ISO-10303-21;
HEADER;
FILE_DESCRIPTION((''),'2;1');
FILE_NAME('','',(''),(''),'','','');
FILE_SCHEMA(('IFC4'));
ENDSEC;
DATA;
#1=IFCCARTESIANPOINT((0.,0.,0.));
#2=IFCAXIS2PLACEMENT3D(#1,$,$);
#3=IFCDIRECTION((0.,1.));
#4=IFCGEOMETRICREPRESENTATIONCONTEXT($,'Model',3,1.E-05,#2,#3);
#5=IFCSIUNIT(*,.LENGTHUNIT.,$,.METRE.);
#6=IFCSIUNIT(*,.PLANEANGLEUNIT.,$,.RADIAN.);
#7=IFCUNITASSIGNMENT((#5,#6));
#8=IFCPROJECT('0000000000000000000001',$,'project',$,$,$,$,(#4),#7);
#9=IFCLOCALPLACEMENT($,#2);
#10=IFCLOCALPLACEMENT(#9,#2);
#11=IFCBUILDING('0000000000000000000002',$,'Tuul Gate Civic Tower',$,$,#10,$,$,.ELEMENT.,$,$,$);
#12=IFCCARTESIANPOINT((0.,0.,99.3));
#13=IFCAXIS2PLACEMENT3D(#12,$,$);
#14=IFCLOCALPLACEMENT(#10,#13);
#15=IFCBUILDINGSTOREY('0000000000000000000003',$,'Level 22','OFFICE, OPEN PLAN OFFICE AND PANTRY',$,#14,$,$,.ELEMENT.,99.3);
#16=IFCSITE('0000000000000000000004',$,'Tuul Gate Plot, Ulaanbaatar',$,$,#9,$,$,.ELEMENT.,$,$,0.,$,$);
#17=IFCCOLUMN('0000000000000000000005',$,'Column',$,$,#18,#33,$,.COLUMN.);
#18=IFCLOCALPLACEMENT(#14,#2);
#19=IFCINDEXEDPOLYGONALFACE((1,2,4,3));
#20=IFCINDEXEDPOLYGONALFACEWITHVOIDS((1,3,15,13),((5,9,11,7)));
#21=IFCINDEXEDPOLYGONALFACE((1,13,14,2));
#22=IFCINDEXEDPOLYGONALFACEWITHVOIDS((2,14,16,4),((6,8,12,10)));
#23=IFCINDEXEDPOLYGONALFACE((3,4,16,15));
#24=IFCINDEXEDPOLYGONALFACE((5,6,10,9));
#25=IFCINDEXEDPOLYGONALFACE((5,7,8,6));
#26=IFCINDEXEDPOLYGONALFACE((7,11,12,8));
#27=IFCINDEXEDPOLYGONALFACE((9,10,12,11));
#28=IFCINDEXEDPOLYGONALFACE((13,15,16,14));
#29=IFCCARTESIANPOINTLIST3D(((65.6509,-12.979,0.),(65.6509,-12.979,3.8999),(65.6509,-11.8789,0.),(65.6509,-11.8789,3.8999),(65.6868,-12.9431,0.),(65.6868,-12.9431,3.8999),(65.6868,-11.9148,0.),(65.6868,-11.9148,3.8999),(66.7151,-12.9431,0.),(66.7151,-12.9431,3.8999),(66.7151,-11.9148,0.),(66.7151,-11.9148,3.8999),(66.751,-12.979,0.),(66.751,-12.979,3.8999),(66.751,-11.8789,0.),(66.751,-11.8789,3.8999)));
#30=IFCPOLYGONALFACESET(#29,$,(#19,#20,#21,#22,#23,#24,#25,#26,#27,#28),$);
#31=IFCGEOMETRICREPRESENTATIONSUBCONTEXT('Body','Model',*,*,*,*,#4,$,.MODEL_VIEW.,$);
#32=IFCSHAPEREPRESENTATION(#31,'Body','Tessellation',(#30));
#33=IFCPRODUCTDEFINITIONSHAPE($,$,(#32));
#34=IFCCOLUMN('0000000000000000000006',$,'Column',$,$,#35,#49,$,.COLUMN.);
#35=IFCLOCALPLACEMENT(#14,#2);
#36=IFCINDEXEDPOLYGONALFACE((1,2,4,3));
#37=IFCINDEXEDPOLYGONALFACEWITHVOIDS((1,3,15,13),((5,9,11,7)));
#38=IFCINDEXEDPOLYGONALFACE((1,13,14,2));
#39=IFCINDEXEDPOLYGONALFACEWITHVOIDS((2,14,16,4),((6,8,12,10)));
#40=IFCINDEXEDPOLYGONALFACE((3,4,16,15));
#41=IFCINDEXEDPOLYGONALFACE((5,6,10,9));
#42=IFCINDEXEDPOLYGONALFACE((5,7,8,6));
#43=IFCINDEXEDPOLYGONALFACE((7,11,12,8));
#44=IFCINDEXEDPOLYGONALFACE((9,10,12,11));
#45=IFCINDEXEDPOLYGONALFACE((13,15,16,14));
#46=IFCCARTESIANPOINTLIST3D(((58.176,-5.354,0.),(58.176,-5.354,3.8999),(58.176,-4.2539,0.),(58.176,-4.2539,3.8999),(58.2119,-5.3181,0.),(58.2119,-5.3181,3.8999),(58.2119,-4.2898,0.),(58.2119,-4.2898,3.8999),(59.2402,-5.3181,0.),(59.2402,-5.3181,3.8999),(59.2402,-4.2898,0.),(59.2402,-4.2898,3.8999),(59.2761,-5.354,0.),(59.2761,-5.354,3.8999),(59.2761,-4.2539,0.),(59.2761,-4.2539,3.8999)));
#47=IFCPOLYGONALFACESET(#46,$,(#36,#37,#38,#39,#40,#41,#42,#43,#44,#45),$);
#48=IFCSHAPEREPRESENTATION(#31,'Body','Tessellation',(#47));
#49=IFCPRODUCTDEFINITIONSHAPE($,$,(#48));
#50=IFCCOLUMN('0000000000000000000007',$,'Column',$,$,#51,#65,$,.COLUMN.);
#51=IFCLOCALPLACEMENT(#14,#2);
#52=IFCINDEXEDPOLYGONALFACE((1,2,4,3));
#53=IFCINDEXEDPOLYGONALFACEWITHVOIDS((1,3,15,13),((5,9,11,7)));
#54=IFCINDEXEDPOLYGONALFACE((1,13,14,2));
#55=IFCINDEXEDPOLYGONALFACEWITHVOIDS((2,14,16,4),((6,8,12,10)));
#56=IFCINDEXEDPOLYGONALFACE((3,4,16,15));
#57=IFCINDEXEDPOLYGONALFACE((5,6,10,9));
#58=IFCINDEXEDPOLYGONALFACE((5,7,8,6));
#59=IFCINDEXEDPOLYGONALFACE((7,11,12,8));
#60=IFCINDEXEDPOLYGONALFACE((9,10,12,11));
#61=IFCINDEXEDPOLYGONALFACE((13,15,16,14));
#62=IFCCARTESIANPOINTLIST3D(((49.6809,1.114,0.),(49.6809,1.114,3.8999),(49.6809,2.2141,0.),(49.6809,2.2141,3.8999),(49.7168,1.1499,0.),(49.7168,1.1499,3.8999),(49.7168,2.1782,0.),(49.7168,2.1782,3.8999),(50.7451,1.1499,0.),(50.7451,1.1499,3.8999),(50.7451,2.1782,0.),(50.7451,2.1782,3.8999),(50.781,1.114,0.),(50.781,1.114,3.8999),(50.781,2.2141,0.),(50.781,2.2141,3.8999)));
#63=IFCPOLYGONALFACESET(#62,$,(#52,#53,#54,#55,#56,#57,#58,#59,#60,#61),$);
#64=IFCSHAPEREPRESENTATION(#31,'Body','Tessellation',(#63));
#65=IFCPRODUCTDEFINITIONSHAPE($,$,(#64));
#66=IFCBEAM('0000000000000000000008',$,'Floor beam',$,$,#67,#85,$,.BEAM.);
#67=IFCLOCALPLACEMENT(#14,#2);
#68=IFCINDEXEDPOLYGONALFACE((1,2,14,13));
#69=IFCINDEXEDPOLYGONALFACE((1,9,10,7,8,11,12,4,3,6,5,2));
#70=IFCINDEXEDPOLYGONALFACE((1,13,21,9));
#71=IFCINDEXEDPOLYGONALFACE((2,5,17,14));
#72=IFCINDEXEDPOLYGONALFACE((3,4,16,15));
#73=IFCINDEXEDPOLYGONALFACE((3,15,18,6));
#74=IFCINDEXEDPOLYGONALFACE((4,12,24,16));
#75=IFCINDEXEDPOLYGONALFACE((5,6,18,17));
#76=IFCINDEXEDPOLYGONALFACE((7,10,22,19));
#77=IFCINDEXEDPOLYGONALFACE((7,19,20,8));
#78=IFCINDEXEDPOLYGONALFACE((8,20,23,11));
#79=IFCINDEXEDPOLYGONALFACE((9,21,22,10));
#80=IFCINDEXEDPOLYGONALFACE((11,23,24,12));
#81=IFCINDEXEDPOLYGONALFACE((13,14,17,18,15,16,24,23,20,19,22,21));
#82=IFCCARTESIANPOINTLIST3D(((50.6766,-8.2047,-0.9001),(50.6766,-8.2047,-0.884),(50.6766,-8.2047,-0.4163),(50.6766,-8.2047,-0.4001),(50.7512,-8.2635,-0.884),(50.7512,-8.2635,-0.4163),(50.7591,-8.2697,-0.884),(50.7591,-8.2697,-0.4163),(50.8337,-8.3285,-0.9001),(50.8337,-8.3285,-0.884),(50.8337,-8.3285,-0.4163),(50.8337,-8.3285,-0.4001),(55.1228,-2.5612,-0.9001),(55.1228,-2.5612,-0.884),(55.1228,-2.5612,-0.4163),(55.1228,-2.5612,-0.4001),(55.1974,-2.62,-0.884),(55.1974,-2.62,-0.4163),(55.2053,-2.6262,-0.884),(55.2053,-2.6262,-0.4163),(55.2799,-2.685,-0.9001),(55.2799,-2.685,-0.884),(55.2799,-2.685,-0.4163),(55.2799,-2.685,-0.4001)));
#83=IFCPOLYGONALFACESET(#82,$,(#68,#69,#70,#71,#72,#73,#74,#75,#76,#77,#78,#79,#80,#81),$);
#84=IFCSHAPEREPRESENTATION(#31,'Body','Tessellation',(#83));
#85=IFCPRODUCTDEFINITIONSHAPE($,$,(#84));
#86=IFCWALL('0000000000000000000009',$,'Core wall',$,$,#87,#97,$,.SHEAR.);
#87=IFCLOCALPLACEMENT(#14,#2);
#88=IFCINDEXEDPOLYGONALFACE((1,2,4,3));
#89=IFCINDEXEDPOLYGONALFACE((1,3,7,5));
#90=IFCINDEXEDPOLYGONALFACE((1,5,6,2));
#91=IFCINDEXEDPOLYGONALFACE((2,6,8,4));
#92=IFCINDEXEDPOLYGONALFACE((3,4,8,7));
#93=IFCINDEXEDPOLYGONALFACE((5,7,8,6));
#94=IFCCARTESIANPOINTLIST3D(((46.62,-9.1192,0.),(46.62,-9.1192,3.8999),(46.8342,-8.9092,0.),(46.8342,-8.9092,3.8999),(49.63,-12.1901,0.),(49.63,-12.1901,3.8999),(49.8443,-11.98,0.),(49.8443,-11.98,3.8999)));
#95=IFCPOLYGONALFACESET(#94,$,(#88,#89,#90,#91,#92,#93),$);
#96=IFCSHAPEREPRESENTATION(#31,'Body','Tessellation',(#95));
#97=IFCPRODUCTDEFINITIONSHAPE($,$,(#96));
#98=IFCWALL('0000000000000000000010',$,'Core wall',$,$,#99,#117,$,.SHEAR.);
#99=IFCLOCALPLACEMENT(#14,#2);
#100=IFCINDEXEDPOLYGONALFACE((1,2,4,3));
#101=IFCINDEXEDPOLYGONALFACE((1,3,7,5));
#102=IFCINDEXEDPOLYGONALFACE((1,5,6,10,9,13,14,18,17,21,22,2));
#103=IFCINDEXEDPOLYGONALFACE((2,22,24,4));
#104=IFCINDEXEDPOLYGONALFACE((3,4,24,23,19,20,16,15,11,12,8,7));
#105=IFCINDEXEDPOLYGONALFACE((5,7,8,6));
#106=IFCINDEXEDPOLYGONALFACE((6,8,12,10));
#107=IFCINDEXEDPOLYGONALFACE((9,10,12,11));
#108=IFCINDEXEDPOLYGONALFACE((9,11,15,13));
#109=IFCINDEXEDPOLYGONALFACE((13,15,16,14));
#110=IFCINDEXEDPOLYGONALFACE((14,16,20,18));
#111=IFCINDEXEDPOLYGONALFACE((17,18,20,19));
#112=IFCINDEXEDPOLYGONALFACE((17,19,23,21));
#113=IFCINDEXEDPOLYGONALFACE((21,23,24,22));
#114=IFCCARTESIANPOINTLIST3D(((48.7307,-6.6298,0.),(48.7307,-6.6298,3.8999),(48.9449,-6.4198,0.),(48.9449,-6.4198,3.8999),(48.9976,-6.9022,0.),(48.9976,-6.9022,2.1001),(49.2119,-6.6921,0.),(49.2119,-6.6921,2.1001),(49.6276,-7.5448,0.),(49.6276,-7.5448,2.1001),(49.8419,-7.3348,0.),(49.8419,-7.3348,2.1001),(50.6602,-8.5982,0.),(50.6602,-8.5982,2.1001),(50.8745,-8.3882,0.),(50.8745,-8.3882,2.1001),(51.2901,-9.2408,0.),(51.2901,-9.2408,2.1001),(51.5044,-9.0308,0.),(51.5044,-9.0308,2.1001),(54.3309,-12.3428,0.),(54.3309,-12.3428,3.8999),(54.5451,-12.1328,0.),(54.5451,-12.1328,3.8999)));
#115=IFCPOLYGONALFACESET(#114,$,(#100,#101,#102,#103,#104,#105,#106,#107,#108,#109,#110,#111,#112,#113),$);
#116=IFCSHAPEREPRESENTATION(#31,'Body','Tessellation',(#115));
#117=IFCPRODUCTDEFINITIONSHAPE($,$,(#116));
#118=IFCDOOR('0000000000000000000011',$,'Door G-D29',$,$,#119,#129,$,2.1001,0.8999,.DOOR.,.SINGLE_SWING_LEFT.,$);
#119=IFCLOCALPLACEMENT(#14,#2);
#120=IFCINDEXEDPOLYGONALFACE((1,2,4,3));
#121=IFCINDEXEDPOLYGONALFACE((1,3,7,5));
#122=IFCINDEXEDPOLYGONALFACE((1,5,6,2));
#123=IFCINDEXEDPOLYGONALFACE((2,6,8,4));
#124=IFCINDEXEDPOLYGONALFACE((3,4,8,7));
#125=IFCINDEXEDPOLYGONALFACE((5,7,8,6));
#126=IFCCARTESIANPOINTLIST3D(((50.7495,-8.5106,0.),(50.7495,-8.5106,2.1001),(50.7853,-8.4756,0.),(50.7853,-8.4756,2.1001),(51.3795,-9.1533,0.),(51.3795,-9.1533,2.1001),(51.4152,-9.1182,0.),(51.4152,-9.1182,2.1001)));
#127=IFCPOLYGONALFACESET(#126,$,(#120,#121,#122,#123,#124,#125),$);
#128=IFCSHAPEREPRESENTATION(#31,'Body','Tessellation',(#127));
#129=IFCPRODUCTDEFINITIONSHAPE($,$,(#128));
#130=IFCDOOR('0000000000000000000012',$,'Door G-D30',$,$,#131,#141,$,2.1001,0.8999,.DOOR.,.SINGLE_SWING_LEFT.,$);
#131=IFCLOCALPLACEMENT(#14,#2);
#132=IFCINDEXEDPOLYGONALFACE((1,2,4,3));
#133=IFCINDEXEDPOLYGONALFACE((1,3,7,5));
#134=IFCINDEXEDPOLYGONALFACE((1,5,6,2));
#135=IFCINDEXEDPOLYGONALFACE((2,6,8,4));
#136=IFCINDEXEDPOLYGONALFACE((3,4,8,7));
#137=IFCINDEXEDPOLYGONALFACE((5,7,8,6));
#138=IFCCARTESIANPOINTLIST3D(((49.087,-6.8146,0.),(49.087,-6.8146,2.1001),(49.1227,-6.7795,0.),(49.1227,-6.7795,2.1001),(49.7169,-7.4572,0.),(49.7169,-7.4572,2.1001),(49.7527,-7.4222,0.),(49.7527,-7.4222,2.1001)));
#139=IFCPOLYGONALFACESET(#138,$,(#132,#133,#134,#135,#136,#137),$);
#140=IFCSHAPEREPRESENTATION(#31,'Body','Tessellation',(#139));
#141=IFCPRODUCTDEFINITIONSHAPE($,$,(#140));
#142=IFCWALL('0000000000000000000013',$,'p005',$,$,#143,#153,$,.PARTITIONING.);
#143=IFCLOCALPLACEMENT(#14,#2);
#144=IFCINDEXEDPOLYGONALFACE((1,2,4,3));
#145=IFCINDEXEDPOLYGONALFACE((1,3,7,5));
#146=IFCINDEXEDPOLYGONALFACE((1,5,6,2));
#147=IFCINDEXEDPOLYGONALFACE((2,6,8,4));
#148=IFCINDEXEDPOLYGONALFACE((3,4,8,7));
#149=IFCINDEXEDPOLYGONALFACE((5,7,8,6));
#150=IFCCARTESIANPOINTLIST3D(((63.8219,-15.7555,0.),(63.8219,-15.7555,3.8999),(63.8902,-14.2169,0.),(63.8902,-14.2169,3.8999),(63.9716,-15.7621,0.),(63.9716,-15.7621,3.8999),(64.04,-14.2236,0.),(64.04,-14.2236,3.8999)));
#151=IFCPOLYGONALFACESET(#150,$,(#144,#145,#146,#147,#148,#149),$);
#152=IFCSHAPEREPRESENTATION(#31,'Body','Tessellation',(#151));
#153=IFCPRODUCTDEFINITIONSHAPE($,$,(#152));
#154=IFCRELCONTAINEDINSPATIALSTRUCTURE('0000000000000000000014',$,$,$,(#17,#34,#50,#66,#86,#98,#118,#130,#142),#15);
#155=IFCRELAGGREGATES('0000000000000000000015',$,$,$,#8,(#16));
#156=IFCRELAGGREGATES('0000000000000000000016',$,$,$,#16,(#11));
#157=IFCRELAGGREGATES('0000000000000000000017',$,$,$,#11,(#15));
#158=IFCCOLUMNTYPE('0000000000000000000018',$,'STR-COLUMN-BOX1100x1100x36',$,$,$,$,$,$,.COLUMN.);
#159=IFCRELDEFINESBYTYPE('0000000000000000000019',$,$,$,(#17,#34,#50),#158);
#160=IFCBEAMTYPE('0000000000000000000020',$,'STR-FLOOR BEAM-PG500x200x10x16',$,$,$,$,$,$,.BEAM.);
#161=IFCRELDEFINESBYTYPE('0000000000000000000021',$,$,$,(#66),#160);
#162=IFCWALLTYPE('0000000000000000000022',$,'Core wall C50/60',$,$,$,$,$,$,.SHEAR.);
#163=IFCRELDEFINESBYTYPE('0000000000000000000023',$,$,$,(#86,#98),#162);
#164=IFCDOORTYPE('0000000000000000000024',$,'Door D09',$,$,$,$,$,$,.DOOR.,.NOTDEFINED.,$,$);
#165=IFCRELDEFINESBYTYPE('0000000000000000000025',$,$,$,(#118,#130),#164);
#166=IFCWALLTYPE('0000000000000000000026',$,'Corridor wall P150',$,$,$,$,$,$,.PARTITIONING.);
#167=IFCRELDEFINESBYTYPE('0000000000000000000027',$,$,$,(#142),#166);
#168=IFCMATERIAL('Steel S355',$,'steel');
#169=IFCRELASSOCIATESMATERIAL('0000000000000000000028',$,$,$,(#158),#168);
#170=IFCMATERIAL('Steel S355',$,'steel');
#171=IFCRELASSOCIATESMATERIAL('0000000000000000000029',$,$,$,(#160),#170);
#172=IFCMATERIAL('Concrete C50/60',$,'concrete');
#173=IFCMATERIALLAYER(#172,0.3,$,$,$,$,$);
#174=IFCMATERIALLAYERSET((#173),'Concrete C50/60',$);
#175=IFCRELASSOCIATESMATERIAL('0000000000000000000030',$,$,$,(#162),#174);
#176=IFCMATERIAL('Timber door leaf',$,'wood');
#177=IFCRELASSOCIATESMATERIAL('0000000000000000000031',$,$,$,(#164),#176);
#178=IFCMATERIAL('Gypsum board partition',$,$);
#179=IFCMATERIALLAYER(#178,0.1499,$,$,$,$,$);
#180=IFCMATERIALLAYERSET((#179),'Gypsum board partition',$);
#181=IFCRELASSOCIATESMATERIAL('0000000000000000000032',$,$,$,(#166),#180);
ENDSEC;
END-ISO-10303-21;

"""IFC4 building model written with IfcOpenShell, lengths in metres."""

from ifc_helpers import new_model, si_unit, direction, frame, frame_2d, origin, origin_2d, place, context, subcontext, project, spatial, rectangle, hollow_rectangle, i_section, extrude, material, layer, layer_set, material_profile, profile_set, type_object, element, fill, save


model = new_model("IFC4")

# Units and contexts
model_context = context("Model", 3, precision=1e-05, world=origin(), true_north=direction((0.0, 1.0)))
body_context = subcontext(model_context, "Body", "Model", "MODEL_VIEW")
ifc_project = project(units=[si_unit("LENGTHUNIT", "METRE"), si_unit("PLANEANGLEUNIT", "RADIAN")], contexts=[model_context])

# Site, building, storey
site_placement = place(None, origin())
site = spatial("IfcSite", under=ifc_project, at=site_placement, Name="Tuul Gate Plot, Ulaanbaatar", CompositionType="ELEMENT", RefElevation=0.0)
building_placement = place(site_placement, origin())
building = spatial("IfcBuilding", under=site, at=building_placement, Name="Tuul Gate Civic Tower", CompositionType="ELEMENT")
storey_placement = place(building_placement, frame((0.0, 0.0, 99.3)))
storey = spatial("IfcBuildingStorey", under=building, at=storey_placement, Name="Level 22", Description="OFFICE, OPEN PLAN OFFICE AND PANTRY", CompositionType="ELEMENT", Elevation=99.3)

# Columns
ifc_material_1 = material(Name="Steel S355", Category="steel")
ifc_material_profile_1 = material_profile(ifc_material_1, hollow_rectangle(XDim=1.1001, YDim=1.1001, WallThickness=0.0359, at=origin_2d()), Name="BOX1100x1100x36")
ifc_profile_set_1 = profile_set([ifc_material_profile_1], Name="Steel S355")
column_type = type_object("IfcColumnType", Name="STR-COLUMN-BOX1100x1100x36", PredefinedType="COLUMN", material=ifc_profile_set_1)
for number, where, z_axis, x_axis, name in (
    (1, (66.2009, -12.429, 0.0), (0.0, 0.0, 1.0), (1.0, 0.0, 0.0), "Column"),
    (2, (58.7261, -4.804, 0.0), (0.0, 0.0, 1.0), (1.0, 0.0, 0.0), "Column"),
    (3, (50.231, 1.6641, 0.0), (0.0, 0.0, 1.0), (1.0, 0.0, 0.0), "Column"),
):
    element("IfcColumn", number, at=place(storey_placement, frame(where, z_axis=z_axis, x_axis=x_axis)), inside=storey, type_object=column_type, Name=name, PredefinedType="COLUMN", context=body_context, shape_type="SweptSolid", body=[
        extrude(hollow_rectangle(XDim=1.1001, YDim=1.1001, WallThickness=0.0359, at=origin_2d()), origin(), (0.0, 0.0, 1.0), 3.8999),
    ])

# Beam
ifc_material_2 = material(Name="Steel S355", Category="steel")
ifc_material_profile_2 = material_profile(ifc_material_2, i_section(OverallWidth=0.2, OverallDepth=0.5, WebThickness=0.01, FlangeThickness=0.0161, at=origin_2d()), Name="PG500x200x10x16")
ifc_profile_set_2 = profile_set([ifc_material_profile_2], Name="Steel S355")
beam_type = type_object("IfcBeamType", Name="STR-FLOOR BEAM-PG500x200x10x16", PredefinedType="BEAM", material=ifc_profile_set_2)
beam_placement = place(storey_placement, frame((50.7551, -8.2666, -0.6501), z_axis=(0.61886, 0.785502, 0.0), x_axis=(-0.785502, 0.61886, 0.0)))
element("IfcBeam", 4, at=beam_placement, inside=storey, type_object=beam_type, Name="Floor beam", PredefinedType="BEAM", context=body_context, shape_type="SweptSolid", body=[
    extrude(i_section(OverallWidth=0.2, OverallDepth=0.5, WebThickness=0.01, FlangeThickness=0.0161, at=origin_2d()), origin(), (0.0, 0.0, 1.0), 7.1846),
])

# Wall
ifc_material_3 = material(Name="Concrete C50/60", Category="concrete")
ifc_layer_1 = layer(ifc_material_3, 0.3)
ifc_layer_set_1 = layer_set([ifc_layer_1], Name="Concrete C50/60")
wall_type_1 = type_object("IfcWallType", Name="Core wall C50/60", PredefinedType="SHEAR", material=ifc_layer_set_1)
wall_1_placement = place(storey_placement, frame((49.7371, -12.085, 0.0), z_axis=(0.0, 0.0, 1.0), x_axis=(-0.700003, 0.71414, 0.0)))
element("IfcWall", 5, at=wall_1_placement, inside=storey, type_object=wall_type_1, Name="Core wall", PredefinedType="SHEAR", context=body_context, shape_type="SweptSolid", body=[
    extrude(rectangle(XDim=4.3, YDim=0.3, at=frame_2d((2.1499, 0.0))), origin(), (0.0, 0.0, 1.0), 3.8999),
])

# Wall, openings, doors
wall_2_placement = place(storey_placement, frame((54.438, -12.2378, 0.0), z_axis=(0.0, 0.0, 1.0), x_axis=(-0.700022, 0.714121, 0.0)))
wall_2 = element("IfcWall", 6, at=wall_2_placement, inside=storey, type_object=wall_type_1, Name="Core wall", PredefinedType="SHEAR", context=body_context, shape_type="SweptSolid", body=[
    extrude(rectangle(XDim=8.0, YDim=0.3, at=frame_2d((4.0, 0.0))), origin(), (0.0, 0.0, 1.0), 3.8999),
])
opening_1_placement = place(wall_2_placement, frame((4.3438, 0.0, 0.0)))
opening_1 = element("IfcOpeningElement", 7, at=opening_1_placement, cuts=wall_2, PredefinedType="OPENING", context=body_context, shape_type="SweptSolid", body=[
    extrude(rectangle(XDim=0.8999, YDim=2.1001, at=frame_2d((0.45, 1.05))), frame((0.0, 0.1602, 0.0), z_axis=(0.0, -1.0, 0.0), x_axis=(1.0, 0.0, 0.0)), (0.0, 0.0, 1.0), 0.3201),
])
opening_2_placement = place(wall_2_placement, frame((6.7188, 0.0, 0.0)))
opening_2 = element("IfcOpeningElement", 8, at=opening_2_placement, cuts=wall_2, PredefinedType="OPENING", context=body_context, shape_type="SweptSolid", body=[
    extrude(rectangle(XDim=0.8999, YDim=2.1001, at=frame_2d((0.45, 1.05))), frame((0.0, 0.1602, 0.0), z_axis=(0.0, -1.0, 0.0), x_axis=(1.0, 0.0, 0.0)), (0.0, 0.0, 1.0), 0.3201),
])
ifc_material_4 = material(Name="Timber door leaf", Category="wood")
door_type_1 = type_object("IfcDoorType", Name="Door D09", OperationType="NOTDEFINED", PredefinedType="DOOR", material=ifc_material_4)
door_1_placement = place(opening_1_placement, origin())
door_1 = element("IfcDoor", 9, at=door_1_placement, inside=storey, type_object=door_type_1, Name="Door G-D29", OperationType="SINGLE_SWING_LEFT", OverallHeight=2.1001, OverallWidth=0.8999, PredefinedType="DOOR", context=body_context, shape_type="SweptSolid", body=[
    extrude(rectangle(XDim=0.8999, YDim=2.1001, at=frame_2d((0.45, 1.05))), frame((0.0, 0.0249, 0.0), z_axis=(0.0, -1.0, 0.0), x_axis=(1.0, 0.0, 0.0)), (0.0, 0.0, 1.0), 0.05),
])
fill(opening_1, door_1)
door_2_placement = place(opening_2_placement, origin())
door_2 = element("IfcDoor", 10, at=door_2_placement, inside=storey, type_object=door_type_1, Name="Door G-D30", OperationType="SINGLE_SWING_LEFT", OverallHeight=2.1001, OverallWidth=0.8999, PredefinedType="DOOR", context=body_context, shape_type="SweptSolid", body=[
    extrude(rectangle(XDim=0.8999, YDim=2.1001, at=frame_2d((0.45, 1.05))), frame((0.0, 0.0249, 0.0), z_axis=(0.0, -1.0, 0.0), x_axis=(1.0, 0.0, 0.0)), (0.0, 0.0, 1.0), 0.05),
])
fill(opening_2, door_2)

# Wall
ifc_material_5 = material(Name="Gypsum board partition")
ifc_layer_2 = layer(ifc_material_5, 0.1499)
ifc_layer_set_2 = layer_set([ifc_layer_2], Name="Gypsum board partition")
wall_type_2 = type_object("IfcWallType", Name="Corridor wall P150", PredefinedType="PARTITIONING", material=ifc_layer_set_2)
wall_3_placement = place(storey_placement, frame((63.8967, -15.7588, 0.0), z_axis=(0.0, 0.0, 1.0), x_axis=(0.044387, 0.999014, 0.0)))
element("IfcWall", 11, at=wall_3_placement, inside=storey, type_object=wall_type_2, Name="p005", PredefinedType="PARTITIONING", context=body_context, shape_type="SweptSolid", body=[
    extrude(rectangle(XDim=1.54, YDim=0.1499, at=frame_2d((0.77, 0.0))), origin(), (0.0, 0.0, 1.0), 3.8999),
])

save(model, "model.ifc")
